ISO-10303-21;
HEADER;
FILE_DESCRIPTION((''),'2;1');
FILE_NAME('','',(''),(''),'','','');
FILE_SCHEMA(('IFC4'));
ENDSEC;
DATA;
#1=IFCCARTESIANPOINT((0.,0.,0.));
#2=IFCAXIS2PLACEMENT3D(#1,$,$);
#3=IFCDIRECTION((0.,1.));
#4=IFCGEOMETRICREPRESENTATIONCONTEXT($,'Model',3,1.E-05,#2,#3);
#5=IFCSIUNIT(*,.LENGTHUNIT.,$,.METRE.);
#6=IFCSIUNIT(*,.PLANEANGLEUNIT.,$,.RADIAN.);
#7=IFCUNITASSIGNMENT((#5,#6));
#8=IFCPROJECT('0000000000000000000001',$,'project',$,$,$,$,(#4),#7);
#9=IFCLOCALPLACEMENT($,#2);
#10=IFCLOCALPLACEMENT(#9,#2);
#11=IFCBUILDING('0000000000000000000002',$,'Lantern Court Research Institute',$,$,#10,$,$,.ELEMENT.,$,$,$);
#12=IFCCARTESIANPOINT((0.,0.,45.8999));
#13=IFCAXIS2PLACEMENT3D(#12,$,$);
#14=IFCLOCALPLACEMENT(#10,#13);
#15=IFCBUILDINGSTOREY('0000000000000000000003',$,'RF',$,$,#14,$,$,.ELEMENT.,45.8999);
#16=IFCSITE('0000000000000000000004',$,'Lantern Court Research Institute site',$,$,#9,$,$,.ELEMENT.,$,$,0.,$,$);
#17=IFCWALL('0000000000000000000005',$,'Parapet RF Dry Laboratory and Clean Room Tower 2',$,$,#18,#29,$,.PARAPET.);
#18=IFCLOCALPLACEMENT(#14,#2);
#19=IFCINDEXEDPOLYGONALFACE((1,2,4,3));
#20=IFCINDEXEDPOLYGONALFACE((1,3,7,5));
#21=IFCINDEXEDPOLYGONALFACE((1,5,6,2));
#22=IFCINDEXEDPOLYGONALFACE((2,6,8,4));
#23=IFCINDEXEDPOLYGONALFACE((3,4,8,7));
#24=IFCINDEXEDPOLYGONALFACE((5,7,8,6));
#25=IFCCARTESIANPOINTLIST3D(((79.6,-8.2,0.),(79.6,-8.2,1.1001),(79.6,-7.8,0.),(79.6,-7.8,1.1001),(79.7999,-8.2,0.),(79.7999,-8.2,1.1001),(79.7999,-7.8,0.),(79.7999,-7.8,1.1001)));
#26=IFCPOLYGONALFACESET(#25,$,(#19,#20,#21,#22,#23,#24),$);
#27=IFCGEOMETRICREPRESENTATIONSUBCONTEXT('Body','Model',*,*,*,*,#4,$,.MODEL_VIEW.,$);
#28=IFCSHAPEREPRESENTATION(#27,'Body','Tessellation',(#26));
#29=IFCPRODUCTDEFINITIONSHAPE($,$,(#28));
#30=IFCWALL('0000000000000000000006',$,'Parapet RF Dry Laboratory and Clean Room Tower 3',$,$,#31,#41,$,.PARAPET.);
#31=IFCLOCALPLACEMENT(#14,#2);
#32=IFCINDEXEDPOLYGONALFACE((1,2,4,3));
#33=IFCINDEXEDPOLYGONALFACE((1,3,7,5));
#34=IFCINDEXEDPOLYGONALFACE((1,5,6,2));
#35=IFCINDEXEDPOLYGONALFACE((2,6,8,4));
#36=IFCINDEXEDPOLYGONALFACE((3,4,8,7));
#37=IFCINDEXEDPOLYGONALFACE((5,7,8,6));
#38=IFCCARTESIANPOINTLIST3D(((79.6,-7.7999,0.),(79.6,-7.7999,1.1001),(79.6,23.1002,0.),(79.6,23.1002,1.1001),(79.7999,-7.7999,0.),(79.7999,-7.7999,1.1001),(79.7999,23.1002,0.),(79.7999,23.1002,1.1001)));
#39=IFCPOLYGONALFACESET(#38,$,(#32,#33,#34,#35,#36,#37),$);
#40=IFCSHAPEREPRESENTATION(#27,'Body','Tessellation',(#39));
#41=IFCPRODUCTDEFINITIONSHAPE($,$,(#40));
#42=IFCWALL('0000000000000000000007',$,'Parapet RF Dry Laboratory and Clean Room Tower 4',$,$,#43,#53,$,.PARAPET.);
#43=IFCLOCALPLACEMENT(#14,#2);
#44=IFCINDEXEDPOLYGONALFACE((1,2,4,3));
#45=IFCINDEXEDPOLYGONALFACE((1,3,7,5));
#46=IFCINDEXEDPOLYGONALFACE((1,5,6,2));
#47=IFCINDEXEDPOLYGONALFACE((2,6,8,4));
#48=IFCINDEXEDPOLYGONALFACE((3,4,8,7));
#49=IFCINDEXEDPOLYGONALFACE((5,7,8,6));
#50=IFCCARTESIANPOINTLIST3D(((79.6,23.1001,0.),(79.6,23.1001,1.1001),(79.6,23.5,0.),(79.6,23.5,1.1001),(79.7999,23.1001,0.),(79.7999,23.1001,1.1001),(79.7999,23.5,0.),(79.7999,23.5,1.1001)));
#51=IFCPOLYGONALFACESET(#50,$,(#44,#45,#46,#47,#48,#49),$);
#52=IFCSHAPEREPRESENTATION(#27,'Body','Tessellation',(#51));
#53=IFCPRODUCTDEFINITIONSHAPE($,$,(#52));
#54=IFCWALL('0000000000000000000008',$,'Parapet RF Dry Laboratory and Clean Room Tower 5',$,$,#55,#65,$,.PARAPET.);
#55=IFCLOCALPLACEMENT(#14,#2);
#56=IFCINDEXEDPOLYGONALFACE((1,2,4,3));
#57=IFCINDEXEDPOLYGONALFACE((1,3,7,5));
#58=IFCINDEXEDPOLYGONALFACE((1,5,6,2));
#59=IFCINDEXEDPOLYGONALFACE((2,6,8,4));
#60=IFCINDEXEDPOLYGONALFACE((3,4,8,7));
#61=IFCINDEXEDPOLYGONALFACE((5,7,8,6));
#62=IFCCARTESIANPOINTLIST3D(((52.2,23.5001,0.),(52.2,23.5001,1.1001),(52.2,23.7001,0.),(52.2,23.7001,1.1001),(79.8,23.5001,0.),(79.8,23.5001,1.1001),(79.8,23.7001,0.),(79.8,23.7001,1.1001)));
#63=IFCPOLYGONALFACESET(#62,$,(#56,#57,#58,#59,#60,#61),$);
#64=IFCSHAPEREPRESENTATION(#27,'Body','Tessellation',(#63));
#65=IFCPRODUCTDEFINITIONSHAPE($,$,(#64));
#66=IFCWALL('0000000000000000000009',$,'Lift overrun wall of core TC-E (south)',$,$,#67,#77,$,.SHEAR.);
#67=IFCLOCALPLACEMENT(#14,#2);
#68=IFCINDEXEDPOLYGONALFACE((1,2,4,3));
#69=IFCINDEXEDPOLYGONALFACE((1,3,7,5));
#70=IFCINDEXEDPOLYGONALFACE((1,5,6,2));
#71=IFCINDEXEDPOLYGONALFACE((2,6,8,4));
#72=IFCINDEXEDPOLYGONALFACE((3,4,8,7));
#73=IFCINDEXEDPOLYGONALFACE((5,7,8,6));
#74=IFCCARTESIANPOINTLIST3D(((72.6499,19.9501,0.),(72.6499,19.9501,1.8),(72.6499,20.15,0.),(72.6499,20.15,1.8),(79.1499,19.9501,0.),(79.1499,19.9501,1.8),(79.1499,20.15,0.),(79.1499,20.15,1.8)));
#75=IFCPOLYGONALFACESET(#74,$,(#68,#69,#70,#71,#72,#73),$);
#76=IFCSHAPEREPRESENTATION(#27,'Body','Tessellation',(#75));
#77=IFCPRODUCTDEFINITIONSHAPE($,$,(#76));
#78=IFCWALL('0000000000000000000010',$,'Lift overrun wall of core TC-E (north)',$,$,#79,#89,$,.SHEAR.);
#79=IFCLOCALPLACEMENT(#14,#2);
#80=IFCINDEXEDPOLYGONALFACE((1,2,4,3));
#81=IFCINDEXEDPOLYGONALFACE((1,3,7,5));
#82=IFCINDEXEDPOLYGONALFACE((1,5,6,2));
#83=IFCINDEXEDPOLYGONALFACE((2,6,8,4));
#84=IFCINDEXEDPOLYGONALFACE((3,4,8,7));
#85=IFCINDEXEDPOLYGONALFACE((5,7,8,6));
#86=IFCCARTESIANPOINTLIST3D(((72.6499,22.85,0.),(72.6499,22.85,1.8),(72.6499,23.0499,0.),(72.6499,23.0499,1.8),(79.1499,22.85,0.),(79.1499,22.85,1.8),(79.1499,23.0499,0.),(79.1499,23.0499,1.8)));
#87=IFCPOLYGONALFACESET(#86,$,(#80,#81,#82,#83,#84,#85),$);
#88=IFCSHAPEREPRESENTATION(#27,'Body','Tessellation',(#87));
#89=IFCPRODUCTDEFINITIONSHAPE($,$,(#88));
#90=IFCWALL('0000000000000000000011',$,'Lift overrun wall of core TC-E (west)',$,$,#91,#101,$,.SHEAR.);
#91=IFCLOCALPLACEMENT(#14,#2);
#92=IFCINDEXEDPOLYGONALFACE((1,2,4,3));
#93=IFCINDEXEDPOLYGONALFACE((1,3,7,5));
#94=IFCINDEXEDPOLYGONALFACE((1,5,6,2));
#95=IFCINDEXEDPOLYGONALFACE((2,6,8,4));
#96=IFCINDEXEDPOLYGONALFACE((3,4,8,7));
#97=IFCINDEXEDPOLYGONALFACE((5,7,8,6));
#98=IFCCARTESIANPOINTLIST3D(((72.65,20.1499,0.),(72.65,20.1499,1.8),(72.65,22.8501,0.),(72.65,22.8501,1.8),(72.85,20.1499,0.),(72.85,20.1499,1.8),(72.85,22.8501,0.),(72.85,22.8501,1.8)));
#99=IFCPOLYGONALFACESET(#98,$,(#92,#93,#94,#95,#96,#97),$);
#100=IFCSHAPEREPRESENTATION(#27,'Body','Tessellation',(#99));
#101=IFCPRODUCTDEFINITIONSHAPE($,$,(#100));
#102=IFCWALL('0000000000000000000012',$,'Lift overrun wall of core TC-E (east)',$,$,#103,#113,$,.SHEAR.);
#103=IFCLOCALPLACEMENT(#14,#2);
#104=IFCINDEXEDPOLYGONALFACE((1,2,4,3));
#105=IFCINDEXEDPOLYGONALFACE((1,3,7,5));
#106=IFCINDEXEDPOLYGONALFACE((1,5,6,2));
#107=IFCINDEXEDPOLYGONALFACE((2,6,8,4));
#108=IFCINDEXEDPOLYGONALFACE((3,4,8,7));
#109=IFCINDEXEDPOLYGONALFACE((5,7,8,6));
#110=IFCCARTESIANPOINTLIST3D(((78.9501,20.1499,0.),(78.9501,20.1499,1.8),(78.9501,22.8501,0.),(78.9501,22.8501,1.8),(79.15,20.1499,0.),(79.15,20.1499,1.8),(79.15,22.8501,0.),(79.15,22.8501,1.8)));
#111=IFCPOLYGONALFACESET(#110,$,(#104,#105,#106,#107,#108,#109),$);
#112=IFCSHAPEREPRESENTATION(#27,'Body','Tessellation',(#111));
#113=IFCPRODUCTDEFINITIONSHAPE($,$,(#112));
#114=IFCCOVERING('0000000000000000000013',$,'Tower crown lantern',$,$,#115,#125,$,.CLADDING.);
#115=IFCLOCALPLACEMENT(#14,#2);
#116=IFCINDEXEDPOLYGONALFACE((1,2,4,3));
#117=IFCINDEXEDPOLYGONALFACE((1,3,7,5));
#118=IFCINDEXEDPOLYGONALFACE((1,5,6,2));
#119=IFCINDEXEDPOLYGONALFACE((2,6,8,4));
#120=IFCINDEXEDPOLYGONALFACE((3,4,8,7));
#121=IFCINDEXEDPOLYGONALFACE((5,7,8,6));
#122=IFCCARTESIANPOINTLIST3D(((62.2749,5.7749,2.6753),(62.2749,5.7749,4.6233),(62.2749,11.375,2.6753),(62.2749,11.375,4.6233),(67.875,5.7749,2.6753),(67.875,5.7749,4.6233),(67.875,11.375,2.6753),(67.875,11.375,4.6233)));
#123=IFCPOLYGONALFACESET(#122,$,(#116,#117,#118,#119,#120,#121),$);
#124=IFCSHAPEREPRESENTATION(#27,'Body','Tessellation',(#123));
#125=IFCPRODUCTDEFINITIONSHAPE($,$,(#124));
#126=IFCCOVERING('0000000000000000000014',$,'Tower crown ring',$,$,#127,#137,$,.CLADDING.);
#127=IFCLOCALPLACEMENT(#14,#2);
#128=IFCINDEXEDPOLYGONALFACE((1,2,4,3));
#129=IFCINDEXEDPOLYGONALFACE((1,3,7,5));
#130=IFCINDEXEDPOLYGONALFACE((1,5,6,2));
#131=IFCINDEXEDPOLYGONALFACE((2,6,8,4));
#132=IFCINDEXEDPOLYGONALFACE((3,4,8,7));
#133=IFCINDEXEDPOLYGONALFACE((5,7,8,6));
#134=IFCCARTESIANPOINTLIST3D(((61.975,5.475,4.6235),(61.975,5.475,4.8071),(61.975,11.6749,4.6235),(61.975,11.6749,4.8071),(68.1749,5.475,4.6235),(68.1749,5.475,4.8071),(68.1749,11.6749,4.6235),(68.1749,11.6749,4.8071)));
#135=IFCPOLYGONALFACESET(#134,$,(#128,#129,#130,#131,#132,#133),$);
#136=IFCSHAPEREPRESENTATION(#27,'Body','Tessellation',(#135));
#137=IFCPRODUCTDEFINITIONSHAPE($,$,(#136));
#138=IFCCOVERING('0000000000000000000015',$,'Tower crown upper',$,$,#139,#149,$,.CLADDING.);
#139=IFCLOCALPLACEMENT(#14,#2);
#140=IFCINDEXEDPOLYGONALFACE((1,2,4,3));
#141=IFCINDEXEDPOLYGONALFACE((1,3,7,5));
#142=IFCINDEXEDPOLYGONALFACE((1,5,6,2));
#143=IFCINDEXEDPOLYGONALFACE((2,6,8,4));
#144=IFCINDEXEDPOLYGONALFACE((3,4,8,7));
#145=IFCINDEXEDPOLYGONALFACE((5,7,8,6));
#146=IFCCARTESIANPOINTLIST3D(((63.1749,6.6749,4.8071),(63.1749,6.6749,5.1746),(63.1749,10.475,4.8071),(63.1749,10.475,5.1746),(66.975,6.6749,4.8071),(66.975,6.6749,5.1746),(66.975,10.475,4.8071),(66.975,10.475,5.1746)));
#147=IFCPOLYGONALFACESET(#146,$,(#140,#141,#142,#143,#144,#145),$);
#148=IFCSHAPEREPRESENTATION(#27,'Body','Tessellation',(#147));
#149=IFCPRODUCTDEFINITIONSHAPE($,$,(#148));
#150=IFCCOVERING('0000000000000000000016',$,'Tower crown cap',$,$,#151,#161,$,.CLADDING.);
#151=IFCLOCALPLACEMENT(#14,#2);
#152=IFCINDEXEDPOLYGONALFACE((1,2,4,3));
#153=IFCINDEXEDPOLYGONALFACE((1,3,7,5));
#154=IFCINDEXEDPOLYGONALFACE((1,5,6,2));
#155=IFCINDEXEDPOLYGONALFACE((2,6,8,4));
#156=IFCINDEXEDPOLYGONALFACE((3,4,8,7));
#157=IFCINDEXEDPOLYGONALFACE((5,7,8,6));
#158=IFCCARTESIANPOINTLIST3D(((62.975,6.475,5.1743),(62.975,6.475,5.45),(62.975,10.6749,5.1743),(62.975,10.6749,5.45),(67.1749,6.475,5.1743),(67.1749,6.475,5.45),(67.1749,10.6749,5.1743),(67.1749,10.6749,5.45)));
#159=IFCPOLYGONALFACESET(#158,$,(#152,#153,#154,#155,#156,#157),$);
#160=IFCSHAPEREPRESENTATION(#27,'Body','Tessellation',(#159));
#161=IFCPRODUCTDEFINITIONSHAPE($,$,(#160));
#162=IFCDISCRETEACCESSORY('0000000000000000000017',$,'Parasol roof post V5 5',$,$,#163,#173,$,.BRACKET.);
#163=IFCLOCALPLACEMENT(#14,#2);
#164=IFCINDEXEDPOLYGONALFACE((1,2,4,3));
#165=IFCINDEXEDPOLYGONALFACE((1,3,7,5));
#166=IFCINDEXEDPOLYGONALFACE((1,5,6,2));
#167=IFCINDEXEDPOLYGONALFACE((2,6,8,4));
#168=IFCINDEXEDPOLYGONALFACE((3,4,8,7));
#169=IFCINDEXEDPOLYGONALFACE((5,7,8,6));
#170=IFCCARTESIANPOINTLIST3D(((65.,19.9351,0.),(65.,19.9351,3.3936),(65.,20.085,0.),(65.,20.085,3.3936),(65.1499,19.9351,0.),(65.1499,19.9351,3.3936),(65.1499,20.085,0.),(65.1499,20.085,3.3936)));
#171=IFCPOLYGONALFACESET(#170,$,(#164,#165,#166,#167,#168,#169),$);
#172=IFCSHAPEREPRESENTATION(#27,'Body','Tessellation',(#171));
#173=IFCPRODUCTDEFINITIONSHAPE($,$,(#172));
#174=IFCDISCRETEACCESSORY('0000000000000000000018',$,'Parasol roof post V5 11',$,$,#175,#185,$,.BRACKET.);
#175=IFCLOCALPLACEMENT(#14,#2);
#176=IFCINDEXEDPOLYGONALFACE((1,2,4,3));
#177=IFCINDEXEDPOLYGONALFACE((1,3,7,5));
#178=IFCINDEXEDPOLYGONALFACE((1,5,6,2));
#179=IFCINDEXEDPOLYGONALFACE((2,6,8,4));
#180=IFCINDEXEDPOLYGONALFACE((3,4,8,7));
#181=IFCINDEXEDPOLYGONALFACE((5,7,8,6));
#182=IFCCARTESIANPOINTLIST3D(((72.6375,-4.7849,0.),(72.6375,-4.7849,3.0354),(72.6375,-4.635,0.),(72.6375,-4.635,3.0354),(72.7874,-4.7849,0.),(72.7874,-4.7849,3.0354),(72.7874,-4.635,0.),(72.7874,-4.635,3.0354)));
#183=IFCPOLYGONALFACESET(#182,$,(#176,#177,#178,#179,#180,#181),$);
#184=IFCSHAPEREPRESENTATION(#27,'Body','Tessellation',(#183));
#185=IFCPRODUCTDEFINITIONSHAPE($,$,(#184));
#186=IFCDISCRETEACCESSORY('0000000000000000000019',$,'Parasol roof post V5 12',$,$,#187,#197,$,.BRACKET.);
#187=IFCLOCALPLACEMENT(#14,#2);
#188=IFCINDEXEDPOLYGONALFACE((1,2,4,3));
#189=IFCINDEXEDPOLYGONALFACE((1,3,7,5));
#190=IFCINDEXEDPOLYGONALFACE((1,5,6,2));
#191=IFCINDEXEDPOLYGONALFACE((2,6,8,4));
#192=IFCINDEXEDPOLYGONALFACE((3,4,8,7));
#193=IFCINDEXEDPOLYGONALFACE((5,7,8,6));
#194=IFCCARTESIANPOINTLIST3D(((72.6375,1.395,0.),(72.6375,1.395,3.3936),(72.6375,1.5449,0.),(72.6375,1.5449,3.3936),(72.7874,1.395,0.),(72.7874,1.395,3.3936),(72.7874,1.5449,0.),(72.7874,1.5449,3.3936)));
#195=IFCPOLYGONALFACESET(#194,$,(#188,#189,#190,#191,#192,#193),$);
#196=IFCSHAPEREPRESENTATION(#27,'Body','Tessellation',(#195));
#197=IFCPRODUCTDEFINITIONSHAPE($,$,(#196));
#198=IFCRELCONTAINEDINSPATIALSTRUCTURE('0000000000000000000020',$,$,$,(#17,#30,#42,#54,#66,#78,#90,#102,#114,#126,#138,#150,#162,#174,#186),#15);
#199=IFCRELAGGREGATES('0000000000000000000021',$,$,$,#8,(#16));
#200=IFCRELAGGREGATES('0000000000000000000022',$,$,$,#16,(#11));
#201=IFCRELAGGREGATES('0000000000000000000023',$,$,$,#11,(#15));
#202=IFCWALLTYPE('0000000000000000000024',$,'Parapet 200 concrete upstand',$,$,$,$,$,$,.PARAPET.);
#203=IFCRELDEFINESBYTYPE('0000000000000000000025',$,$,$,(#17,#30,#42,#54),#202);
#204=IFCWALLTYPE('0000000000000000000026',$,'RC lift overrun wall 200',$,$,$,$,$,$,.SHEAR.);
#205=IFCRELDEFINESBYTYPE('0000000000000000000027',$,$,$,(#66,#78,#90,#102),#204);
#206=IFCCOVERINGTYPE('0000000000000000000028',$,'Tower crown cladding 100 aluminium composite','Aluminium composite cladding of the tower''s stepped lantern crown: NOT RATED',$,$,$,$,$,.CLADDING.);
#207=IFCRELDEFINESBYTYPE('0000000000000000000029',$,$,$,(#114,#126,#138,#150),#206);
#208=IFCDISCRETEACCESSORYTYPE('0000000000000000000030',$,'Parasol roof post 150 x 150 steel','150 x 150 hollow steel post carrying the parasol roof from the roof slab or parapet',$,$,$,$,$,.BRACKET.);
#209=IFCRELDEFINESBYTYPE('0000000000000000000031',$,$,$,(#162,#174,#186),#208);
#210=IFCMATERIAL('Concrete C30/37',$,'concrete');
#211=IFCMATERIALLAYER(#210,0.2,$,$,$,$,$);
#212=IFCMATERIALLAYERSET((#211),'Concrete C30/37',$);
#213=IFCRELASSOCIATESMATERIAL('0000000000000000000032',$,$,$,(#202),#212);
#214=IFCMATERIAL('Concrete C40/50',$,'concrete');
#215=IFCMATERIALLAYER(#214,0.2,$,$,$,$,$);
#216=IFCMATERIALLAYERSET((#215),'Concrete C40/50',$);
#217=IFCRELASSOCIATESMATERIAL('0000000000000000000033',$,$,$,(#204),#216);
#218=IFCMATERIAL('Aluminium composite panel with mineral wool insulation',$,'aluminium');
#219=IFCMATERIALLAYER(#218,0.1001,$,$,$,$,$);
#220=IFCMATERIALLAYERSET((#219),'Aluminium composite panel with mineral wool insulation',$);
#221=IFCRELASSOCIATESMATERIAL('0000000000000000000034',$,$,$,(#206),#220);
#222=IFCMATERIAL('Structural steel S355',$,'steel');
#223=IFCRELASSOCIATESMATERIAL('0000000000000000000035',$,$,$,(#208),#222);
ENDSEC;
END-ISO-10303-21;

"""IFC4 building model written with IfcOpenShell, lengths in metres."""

from ifc_helpers import new_model, si_unit, direction, frame, frame_2d, origin, origin_2d, place, context, subcontext, project, spatial, rectangle, extrude, material, layer, layer_set, type_object, element, save


model = new_model("IFC4")

# Units and contexts
model_context = context("Model", 3, precision=1e-05, world=origin(), true_north=direction((0.0, 1.0)))
body_context = subcontext(model_context, "Body", "Model", "MODEL_VIEW")
ifc_project = project(units=[si_unit("LENGTHUNIT", "METRE"), si_unit("PLANEANGLEUNIT", "RADIAN")], contexts=[model_context])

# Site, building, storey
site_placement = place(None, origin())
site = spatial("IfcSite", under=ifc_project, at=site_placement, Name="Lantern Court Research Institute site", CompositionType="ELEMENT", RefElevation=0.0)
building_placement = place(site_placement, origin())
building = spatial("IfcBuilding", under=site, at=building_placement, Name="Lantern Court Research Institute", CompositionType="ELEMENT")
storey_placement = place(building_placement, frame((0.0, 0.0, 45.8999)))
storey = spatial("IfcBuildingStorey", under=building, at=storey_placement, Name="RF", CompositionType="ELEMENT", Elevation=45.8999)

# Walls
ifc_material_1 = material(Name="Concrete C30/37", Category="concrete")
ifc_layer_1 = layer(ifc_material_1, 0.2)
ifc_layer_set_1 = layer_set([ifc_layer_1], Name="Concrete C30/37")
wall_type_1 = type_object("IfcWallType", Name="Parapet 200 concrete upstand", PredefinedType="PARAPET", material=ifc_layer_set_1)
wall_1_placement = place(storey_placement, frame((79.7, -8.2, 0.0), z_axis=(0.0, 0.0, 1.0), x_axis=(0.0, 1.0, 0.0)))
element("IfcWall", 1, at=wall_1_placement, inside=storey, type_object=wall_type_1, Name="Parapet RF Dry Laboratory and Clean Room Tower 2", PredefinedType="PARAPET", context=body_context, shape_type="SweptSolid", body=[
    extrude(rectangle(XDim=0.3999, YDim=0.2, at=frame_2d((0.2, 0.0))), origin(), (0.0, 0.0, 1.0), 1.1001),
])
wall_2_placement = place(storey_placement, frame((79.7, -7.8, 0.0), z_axis=(0.0, 0.0, 1.0), x_axis=(0.0, 1.0, 0.0)))
element("IfcWall", 2, at=wall_2_placement, inside=storey, type_object=wall_type_1, Name="Parapet RF Dry Laboratory and Clean Room Tower 3", PredefinedType="PARAPET", context=body_context, shape_type="SweptSolid", body=[
    extrude(rectangle(XDim=30.9001, YDim=0.2, at=frame_2d((15.4502, 0.0))), origin(), (0.0, 0.0, 1.0), 1.1001),
])
wall_3_placement = place(storey_placement, frame((79.7, 23.1001, 0.0), z_axis=(0.0, 0.0, 1.0), x_axis=(0.0, 1.0, 0.0)))
element("IfcWall", 3, at=wall_3_placement, inside=storey, type_object=wall_type_1, Name="Parapet RF Dry Laboratory and Clean Room Tower 4", PredefinedType="PARAPET", context=body_context, shape_type="SweptSolid", body=[
    extrude(rectangle(XDim=0.3999, YDim=0.2, at=frame_2d((0.2, 0.0))), origin(), (0.0, 0.0, 1.0), 1.1001),
])
wall_4_placement = place(storey_placement, frame((79.8, 23.6001, 0.0), z_axis=(0.0, 0.0, 1.0), x_axis=(-1.0, 0.0, 0.0)))
element("IfcWall", 4, at=wall_4_placement, inside=storey, type_object=wall_type_1, Name="Parapet RF Dry Laboratory and Clean Room Tower 5", PredefinedType="PARAPET", context=body_context, shape_type="SweptSolid", body=[
    extrude(rectangle(XDim=27.6001, YDim=0.2, at=frame_2d((13.8, 0.0))), origin(), (0.0, 0.0, 1.0), 1.1001),
])
ifc_material_2 = material(Name="Concrete C40/50", Category="concrete")
ifc_layer_2 = layer(ifc_material_2, 0.2)
ifc_layer_set_2 = layer_set([ifc_layer_2], Name="Concrete C40/50")
wall_type_2 = type_object("IfcWallType", Name="RC lift overrun wall 200", PredefinedType="SHEAR", material=ifc_layer_set_2)
for number, where, z_axis, x_axis, name in (
    (5, (72.6499, 20.05, 0.0), (0.0, 0.0, 1.0), (1.0, 0.0, 0.0), "Lift overrun wall of core TC-E (south)"),
    (6, (72.6499, 22.95, 0.0), (0.0, 0.0, 1.0), (1.0, 0.0, 0.0), "Lift overrun wall of core TC-E (north)"),
):
    element("IfcWall", number, at=place(storey_placement, frame(where, z_axis=z_axis, x_axis=x_axis)), inside=storey, type_object=wall_type_2, Name=name, PredefinedType="SHEAR", context=body_context, shape_type="SweptSolid", body=[
        extrude(rectangle(XDim=6.5, YDim=0.2, at=frame_2d((3.25, 0.0))), origin(), (0.0, 0.0, 1.0), 1.8),
    ])
for number, where, z_axis, x_axis, name in (
    (7, (72.75, 20.1499, 0.0), (0.0, 0.0, 1.0), (0.0, 1.0, 0.0), "Lift overrun wall of core TC-E (west)"),
    (8, (79.05, 20.1499, 0.0), (0.0, 0.0, 1.0), (0.0, 1.0, 0.0), "Lift overrun wall of core TC-E (east)"),
):
    element("IfcWall", number, at=place(storey_placement, frame(where, z_axis=z_axis, x_axis=x_axis)), inside=storey, type_object=wall_type_2, Name=name, PredefinedType="SHEAR", context=body_context, shape_type="SweptSolid", body=[
        extrude(rectangle(XDim=2.7002, YDim=0.2, at=frame_2d((1.3501, 0.0))), origin(), (0.0, 0.0, 1.0), 1.8),
    ])

# Coverings
ifc_material_3 = material(Name="Aluminium composite panel with mineral wool insulation", Category="aluminium")
ifc_layer_3 = layer(ifc_material_3, 0.1001)
ifc_layer_set_3 = layer_set([ifc_layer_3], Name="Aluminium composite panel with mineral wool insulation")
covering_type = type_object("IfcCoveringType", Name="Tower crown cladding 100 aluminium composite", Description="Aluminium composite cladding of the tower's stepped lantern crown: NOT RATED", PredefinedType="CLADDING", material=ifc_layer_set_3)
covering_1_placement = place(storey_placement, frame((65.075, 8.575, 2.6753), z_axis=(0.0, 0.0, 1.0), x_axis=(1.0, 0.0, 0.0)))
element("IfcCovering", 9, at=covering_1_placement, inside=storey, type_object=covering_type, Name="Tower crown lantern", PredefinedType="CLADDING", context=body_context, shape_type="SweptSolid", body=[
    extrude(rectangle(XDim=5.6001, YDim=5.6001, at=origin_2d()), origin(), (0.0, 0.0, 1.0), 1.948),
])
covering_2_placement = place(storey_placement, frame((65.075, 8.575, 4.6235), z_axis=(0.0, 0.0, 1.0), x_axis=(1.0, 0.0, 0.0)))
element("IfcCovering", 10, at=covering_2_placement, inside=storey, type_object=covering_type, Name="Tower crown ring", PredefinedType="CLADDING", context=body_context, shape_type="SweptSolid", body=[
    extrude(rectangle(XDim=6.2, YDim=6.2, at=origin_2d()), origin(), (0.0, 0.0, 1.0), 0.1836),
])
covering_3_placement = place(storey_placement, frame((65.075, 8.575, 4.8071), z_axis=(0.0, 0.0, 1.0), x_axis=(1.0, 0.0, 0.0)))
element("IfcCovering", 11, at=covering_3_placement, inside=storey, type_object=covering_type, Name="Tower crown upper", PredefinedType="CLADDING", context=body_context, shape_type="SweptSolid", body=[
    extrude(rectangle(XDim=3.8, YDim=3.8, at=origin_2d()), origin(), (0.0, 0.0, 1.0), 0.3674),
])
covering_4_placement = place(storey_placement, frame((65.075, 8.575, 5.1743), z_axis=(0.0, 0.0, 1.0), x_axis=(1.0, 0.0, 0.0)))
element("IfcCovering", 12, at=covering_4_placement, inside=storey, type_object=covering_type, Name="Tower crown cap", PredefinedType="CLADDING", context=body_context, shape_type="SweptSolid", body=[
    extrude(rectangle(XDim=4.2, YDim=4.2, at=origin_2d()), origin(), (0.0, 0.0, 1.0), 0.2756),
])

# Discrete accessories
ifc_material_4 = material(Name="Structural steel S355", Category="steel")
discrete_accessory_type = type_object("IfcDiscreteAccessoryType", Name="Parasol roof post 150 x 150 steel", Description="150 x 150 hollow steel post carrying the parasol roof from the roof slab or parapet", PredefinedType="BRACKET", material=ifc_material_4)
discrete_accessory_1_placement = place(storey_placement, frame((65.075, 20.01, 0.0), z_axis=(0.0, 0.0, 1.0), x_axis=(1.0, 0.0, 0.0)))
element("IfcDiscreteAccessory", 13, at=discrete_accessory_1_placement, inside=storey, type_object=discrete_accessory_type, Name="Parasol roof post V5 5", PredefinedType="BRACKET", context=body_context, shape_type="SweptSolid", body=[
    extrude(rectangle(XDim=0.1499, YDim=0.1499, at=origin_2d()), origin(), (0.0, 0.0, 1.0), 3.3936),
])
discrete_accessory_2_placement = place(storey_placement, frame((72.7124, -4.71, 0.0), z_axis=(0.0, 0.0, 1.0), x_axis=(1.0, 0.0, 0.0)))
element("IfcDiscreteAccessory", 14, at=discrete_accessory_2_placement, inside=storey, type_object=discrete_accessory_type, Name="Parasol roof post V5 11", PredefinedType="BRACKET", context=body_context, shape_type="SweptSolid", body=[
    extrude(rectangle(XDim=0.1499, YDim=0.1499, at=origin_2d()), origin(), (0.0, 0.0, 1.0), 3.0354),
])
for number, where, z_axis, x_axis, name in (
    (15, (72.7124, 1.47, 0.0), (0.0, 0.0, 1.0), (1.0, 0.0, 0.0), "Parasol roof post V5 12"),
):
    element("IfcDiscreteAccessory", number, at=place(storey_placement, frame(where, z_axis=z_axis, x_axis=x_axis)), inside=storey, type_object=discrete_accessory_type, Name=name, PredefinedType="BRACKET", context=body_context, shape_type="SweptSolid", body=[
        extrude(rectangle(XDim=0.1499, YDim=0.1499, at=origin_2d()), origin(), (0.0, 0.0, 1.0), 3.3936),
    ])

save(model, "model.ifc")
